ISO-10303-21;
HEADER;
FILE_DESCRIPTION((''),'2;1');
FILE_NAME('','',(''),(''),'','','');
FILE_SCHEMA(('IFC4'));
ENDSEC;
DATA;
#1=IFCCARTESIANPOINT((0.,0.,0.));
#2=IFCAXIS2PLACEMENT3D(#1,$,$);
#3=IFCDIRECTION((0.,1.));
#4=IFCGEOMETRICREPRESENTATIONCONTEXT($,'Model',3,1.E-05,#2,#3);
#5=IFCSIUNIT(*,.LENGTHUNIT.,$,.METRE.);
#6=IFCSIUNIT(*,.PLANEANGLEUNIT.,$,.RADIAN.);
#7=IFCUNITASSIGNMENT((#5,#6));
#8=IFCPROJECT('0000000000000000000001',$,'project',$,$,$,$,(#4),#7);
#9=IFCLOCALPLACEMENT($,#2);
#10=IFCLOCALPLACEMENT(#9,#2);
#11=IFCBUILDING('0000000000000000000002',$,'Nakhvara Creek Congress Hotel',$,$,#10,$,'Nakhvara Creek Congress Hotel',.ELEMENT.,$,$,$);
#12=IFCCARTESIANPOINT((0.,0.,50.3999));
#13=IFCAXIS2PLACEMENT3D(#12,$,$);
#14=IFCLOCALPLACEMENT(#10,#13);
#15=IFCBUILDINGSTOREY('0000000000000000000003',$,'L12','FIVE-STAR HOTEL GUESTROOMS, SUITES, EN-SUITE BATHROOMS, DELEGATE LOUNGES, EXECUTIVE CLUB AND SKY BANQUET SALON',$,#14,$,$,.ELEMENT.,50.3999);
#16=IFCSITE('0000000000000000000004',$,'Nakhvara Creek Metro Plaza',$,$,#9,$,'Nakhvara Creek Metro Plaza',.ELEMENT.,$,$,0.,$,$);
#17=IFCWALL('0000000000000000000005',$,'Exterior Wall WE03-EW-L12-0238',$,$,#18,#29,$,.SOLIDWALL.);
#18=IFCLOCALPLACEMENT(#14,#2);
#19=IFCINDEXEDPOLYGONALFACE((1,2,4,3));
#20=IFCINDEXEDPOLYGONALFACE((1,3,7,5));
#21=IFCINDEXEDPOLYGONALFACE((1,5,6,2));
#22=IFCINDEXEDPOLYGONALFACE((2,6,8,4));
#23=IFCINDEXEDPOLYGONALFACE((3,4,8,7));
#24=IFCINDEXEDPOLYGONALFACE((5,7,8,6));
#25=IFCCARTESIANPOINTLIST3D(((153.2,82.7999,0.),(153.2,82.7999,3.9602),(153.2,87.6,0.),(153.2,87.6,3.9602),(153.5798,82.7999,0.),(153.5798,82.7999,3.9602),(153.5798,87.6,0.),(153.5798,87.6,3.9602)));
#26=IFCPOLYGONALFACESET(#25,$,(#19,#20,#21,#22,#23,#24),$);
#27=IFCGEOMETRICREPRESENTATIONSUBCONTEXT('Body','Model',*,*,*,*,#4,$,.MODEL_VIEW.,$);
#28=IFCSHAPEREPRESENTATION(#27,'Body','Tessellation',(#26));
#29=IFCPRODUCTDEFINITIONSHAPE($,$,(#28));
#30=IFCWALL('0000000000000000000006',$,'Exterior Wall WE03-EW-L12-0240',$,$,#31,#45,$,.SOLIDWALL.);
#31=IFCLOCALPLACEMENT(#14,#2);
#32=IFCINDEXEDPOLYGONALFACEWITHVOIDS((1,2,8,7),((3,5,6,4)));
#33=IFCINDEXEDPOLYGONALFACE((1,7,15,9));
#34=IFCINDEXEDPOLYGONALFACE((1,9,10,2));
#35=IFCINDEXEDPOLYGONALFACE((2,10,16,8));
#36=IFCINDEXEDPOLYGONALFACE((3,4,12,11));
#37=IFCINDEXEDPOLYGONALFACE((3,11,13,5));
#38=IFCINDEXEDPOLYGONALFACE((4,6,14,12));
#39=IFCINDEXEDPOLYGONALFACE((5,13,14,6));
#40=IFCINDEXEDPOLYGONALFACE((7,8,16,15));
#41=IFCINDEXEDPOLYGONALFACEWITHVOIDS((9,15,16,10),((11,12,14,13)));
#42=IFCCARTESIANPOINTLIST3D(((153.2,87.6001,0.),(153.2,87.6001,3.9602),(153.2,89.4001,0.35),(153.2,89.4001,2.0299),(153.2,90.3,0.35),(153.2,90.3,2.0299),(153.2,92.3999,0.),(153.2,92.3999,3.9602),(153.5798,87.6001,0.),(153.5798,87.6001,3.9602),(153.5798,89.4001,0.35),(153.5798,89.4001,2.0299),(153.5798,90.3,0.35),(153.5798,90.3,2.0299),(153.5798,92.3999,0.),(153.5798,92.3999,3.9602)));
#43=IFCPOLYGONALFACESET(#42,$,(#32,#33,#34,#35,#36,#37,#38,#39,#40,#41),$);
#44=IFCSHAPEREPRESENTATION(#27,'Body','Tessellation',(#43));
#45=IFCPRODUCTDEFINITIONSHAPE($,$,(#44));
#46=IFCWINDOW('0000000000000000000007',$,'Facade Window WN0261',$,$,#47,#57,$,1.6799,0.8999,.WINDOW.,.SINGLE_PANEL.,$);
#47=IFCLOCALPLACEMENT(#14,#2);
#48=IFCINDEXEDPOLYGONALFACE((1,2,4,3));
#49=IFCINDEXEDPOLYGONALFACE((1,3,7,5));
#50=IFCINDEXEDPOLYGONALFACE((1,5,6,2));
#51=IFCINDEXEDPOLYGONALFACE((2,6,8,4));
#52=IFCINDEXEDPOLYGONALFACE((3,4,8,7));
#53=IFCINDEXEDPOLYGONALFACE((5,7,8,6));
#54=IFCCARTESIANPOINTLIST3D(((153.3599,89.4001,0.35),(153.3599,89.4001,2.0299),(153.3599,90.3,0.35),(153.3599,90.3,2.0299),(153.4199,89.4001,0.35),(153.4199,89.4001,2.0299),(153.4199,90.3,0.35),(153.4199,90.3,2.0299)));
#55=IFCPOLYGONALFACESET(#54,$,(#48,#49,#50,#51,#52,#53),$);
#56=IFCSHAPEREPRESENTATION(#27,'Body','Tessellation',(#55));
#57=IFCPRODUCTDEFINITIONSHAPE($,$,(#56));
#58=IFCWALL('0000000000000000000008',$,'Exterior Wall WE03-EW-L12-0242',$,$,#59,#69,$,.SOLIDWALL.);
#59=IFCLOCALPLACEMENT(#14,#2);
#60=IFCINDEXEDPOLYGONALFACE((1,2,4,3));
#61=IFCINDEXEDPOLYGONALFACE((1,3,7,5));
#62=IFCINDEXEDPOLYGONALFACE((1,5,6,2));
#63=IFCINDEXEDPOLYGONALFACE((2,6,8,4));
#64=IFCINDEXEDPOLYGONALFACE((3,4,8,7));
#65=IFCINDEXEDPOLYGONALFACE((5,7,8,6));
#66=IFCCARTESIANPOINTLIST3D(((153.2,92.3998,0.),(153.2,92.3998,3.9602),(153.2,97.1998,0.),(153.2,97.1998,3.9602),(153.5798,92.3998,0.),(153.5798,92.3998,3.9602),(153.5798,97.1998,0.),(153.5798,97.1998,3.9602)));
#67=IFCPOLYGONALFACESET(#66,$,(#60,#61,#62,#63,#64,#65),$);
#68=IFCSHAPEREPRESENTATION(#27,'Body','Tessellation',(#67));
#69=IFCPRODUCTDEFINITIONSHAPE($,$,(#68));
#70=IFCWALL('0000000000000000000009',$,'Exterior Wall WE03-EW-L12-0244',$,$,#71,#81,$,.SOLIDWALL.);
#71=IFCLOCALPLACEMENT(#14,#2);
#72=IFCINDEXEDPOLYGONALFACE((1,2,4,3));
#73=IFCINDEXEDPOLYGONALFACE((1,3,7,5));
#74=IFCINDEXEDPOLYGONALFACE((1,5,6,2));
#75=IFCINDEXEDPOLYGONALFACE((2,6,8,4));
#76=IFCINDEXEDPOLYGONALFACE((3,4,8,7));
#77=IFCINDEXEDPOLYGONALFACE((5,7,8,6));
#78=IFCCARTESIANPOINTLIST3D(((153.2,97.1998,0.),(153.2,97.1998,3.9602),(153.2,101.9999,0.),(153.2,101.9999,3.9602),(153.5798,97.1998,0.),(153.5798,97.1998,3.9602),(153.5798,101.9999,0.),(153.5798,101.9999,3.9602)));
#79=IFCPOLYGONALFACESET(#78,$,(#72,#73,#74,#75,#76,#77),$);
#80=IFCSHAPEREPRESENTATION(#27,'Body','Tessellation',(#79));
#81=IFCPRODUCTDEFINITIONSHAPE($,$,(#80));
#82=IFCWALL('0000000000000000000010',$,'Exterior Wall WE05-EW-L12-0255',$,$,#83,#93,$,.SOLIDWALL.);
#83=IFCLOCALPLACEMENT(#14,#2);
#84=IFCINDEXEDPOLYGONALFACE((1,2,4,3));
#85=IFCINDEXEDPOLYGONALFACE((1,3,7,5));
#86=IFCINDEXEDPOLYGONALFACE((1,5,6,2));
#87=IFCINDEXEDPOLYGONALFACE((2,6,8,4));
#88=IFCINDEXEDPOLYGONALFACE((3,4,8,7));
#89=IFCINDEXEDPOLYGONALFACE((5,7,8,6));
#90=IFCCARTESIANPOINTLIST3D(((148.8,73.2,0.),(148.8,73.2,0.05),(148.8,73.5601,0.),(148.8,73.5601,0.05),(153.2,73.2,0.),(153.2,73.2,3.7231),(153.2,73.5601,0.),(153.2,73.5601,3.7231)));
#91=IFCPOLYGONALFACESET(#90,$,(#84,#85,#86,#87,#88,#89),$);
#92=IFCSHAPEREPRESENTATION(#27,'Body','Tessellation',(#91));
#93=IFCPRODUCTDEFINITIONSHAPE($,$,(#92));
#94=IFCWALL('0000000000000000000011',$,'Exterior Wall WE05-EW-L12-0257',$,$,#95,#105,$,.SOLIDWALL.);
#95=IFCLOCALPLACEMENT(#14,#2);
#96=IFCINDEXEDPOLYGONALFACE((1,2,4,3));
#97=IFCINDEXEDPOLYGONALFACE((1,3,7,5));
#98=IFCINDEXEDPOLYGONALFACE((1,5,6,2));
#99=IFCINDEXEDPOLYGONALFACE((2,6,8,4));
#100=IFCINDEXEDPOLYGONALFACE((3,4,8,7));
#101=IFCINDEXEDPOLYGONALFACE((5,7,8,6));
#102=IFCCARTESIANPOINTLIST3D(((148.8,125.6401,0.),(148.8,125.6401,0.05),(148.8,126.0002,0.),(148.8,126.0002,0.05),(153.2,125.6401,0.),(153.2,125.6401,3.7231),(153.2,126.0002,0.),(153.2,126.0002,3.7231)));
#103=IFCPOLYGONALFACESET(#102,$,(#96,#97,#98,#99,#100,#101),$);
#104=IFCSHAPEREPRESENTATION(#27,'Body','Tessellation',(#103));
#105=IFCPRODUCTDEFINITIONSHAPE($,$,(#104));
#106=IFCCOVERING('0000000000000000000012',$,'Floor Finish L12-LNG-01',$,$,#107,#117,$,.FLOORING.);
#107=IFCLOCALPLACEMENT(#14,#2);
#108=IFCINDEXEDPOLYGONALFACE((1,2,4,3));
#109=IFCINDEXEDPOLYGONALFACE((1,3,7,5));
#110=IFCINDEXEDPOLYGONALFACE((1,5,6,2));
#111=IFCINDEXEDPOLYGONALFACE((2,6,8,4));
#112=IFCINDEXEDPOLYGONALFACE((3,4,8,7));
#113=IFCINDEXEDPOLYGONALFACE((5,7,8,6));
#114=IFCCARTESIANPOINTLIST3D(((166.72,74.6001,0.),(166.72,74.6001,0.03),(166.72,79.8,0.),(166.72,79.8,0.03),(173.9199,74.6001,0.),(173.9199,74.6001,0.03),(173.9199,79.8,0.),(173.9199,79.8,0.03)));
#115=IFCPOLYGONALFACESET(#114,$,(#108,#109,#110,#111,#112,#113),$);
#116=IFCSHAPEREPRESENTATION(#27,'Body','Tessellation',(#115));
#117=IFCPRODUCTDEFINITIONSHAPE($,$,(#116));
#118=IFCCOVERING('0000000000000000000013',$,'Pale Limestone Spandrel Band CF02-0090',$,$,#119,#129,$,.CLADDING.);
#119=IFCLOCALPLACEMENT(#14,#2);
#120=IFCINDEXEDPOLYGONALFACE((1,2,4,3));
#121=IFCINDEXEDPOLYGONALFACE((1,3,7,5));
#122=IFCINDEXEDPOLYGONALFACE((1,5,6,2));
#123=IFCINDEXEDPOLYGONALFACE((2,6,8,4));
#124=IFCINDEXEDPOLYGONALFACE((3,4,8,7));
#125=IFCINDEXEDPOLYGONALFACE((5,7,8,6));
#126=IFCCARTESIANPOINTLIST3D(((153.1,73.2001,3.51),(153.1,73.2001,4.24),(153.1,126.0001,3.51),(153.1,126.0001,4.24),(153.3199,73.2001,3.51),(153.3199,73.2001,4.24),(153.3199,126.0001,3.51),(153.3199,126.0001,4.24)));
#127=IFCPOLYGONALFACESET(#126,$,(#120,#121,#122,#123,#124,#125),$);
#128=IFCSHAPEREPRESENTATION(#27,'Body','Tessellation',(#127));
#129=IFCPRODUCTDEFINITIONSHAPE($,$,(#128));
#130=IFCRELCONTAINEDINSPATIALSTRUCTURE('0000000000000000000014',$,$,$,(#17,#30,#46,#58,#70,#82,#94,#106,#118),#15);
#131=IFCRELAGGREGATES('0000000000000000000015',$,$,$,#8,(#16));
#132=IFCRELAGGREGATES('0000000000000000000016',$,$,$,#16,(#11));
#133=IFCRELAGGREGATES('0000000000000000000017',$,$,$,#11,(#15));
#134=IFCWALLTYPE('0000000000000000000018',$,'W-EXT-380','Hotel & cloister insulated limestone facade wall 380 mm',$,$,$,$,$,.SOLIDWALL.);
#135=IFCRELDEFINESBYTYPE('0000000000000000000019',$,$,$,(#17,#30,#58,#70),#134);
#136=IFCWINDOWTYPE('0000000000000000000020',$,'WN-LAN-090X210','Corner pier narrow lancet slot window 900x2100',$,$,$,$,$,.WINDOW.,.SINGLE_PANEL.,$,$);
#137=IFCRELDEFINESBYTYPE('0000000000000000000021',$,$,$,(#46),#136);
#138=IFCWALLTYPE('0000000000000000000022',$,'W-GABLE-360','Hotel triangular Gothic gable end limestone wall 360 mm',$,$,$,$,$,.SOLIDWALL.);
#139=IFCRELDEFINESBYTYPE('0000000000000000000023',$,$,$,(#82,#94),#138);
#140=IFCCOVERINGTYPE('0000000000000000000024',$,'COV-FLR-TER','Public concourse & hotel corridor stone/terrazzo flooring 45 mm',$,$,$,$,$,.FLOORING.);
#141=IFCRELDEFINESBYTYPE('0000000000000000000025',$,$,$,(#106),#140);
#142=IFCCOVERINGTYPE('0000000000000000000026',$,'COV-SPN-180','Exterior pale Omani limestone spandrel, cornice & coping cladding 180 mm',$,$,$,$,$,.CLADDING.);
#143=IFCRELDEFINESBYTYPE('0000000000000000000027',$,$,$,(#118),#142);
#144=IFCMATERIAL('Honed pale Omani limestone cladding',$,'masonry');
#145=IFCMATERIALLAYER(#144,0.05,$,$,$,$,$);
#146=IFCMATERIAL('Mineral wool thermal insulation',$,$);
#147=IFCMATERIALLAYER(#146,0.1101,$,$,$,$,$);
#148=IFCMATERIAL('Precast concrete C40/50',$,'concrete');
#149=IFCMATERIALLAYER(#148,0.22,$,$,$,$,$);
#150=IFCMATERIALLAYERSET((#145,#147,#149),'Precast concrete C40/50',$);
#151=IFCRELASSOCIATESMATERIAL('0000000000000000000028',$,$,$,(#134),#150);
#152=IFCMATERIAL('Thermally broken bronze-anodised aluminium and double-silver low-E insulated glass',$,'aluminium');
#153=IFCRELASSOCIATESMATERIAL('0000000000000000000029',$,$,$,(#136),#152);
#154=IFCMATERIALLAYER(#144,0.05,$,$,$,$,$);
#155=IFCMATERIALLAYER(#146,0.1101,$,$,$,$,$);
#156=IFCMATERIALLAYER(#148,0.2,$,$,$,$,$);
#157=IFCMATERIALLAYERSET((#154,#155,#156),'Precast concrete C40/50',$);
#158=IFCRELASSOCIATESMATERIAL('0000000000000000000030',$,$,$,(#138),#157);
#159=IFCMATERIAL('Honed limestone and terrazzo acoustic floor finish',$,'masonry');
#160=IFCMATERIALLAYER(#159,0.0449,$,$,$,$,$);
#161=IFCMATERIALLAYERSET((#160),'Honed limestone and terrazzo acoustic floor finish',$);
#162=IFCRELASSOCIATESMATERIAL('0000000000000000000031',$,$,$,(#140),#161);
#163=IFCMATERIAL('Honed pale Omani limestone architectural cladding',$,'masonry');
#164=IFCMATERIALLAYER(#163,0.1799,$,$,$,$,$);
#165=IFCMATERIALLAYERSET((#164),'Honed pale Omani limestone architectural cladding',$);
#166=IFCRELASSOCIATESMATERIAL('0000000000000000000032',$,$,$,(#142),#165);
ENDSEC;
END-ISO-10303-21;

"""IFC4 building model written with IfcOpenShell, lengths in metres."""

from ifc_helpers import new_model, si_unit, direction, frame, frame_2d, origin, origin_2d, place, context, subcontext, project, spatial, polyline, rectangle, outline, extrude, material, layer, layer_set, type_object, element, fill, save


model = new_model("IFC4")

# Units and contexts
model_context = context("Model", 3, precision=1e-05, world=origin(), true_north=direction((0.0, 1.0)))
body_context = subcontext(model_context, "Body", "Model", "MODEL_VIEW")
ifc_project = project(units=[si_unit("LENGTHUNIT", "METRE"), si_unit("PLANEANGLEUNIT", "RADIAN")], contexts=[model_context])

# Site, building, storey
site_placement = place(None, origin())
site = spatial("IfcSite", under=ifc_project, at=site_placement, Name="Nakhvara Creek Metro Plaza", LongName="Nakhvara Creek Metro Plaza", CompositionType="ELEMENT", RefElevation=0.0)
building_placement = place(site_placement, origin())
building = spatial("IfcBuilding", under=site, at=building_placement, Name="Nakhvara Creek Congress Hotel", LongName="Nakhvara Creek Congress Hotel", CompositionType="ELEMENT")
storey_placement = place(building_placement, frame((0.0, 0.0, 50.3999)))
storey = spatial("IfcBuildingStorey", under=building, at=storey_placement, Name="L12", Description="FIVE-STAR HOTEL GUESTROOMS, SUITES, EN-SUITE BATHROOMS, DELEGATE LOUNGES, EXECUTIVE CLUB AND SKY BANQUET SALON", CompositionType="ELEMENT", Elevation=50.3999)

# Shared definitions
ifc_material_1 = material(Name="Honed pale Omani limestone cladding", Category="masonry")
ifc_layer_1 = layer(ifc_material_1, 0.05)
ifc_material_2 = material(Name="Mineral wool thermal insulation")
ifc_layer_2 = layer(ifc_material_2, 0.1101)
ifc_material_3 = material(Name="Precast concrete C40/50", Category="concrete")
ifc_layer_3 = layer(ifc_material_3, 0.22)
ifc_layer_set_1 = layer_set([ifc_layer_1, ifc_layer_2, ifc_layer_3], Name="Precast concrete C40/50")
wall_type_1 = type_object("IfcWallType", Name="W-EXT-380", Description="Hotel & cloister insulated limestone facade wall 380 mm", PredefinedType="SOLIDWALL", material=ifc_layer_set_1)
ifc_material_4 = material(Name="Thermally broken bronze-anodised aluminium and double-silver low-E insulated glass", Category="aluminium")

# Shared definitions
window_type_1 = type_object("IfcWindowType", Name="WN-LAN-090X210", Description="Corner pier narrow lancet slot window 900x2100", PartitioningType="SINGLE_PANEL", PredefinedType="WINDOW", material=ifc_material_4)

# Wall
wall_1_placement = place(storey_placement, frame((153.3899, 82.8, 0.0), z_axis=(0.0, 0.0, 1.0), x_axis=(0.0, 1.0, 0.0)))
element("IfcWall", 1, at=wall_1_placement, inside=storey, type_object=wall_type_1, Name="Exterior Wall WE03-EW-L12-0238", PredefinedType="SOLIDWALL", context=body_context, shape_type="SweptSolid", body=[
    extrude(rectangle(XDim=4.8, YDim=0.3799, at=frame_2d((2.3999, 0.0))), origin(), (0.0, 0.0, 1.0), 3.9602),
])

# Wall, opening, window
wall_2_placement = place(storey_placement, frame((153.3899, 87.6001, 0.0), z_axis=(0.0, 0.0, 1.0), x_axis=(0.0, 1.0, 0.0)))
wall_2 = element("IfcWall", 2, at=wall_2_placement, inside=storey, type_object=wall_type_1, Name="Exterior Wall WE03-EW-L12-0240", PredefinedType="SOLIDWALL", context=body_context, shape_type="SweptSolid", body=[
    extrude(rectangle(XDim=4.7998, YDim=0.3799, at=frame_2d((2.3999, 0.0))), origin(), (0.0, 0.0, 1.0), 3.9602),
])
opening_1_placement = place(wall_2_placement, frame((1.8, 0.0, 0.3501)))
opening_1 = element("IfcOpeningElement", 3, at=opening_1_placement, cuts=wall_2, PredefinedType="OPENING", context=body_context, shape_type="SweptSolid", body=[
    extrude(rectangle(XDim=0.8999, YDim=1.6799, at=frame_2d((0.45, 0.8398))), frame((0.0, 0.2019, 0.0), z_axis=(0.0, -1.0, 0.0), x_axis=(1.0, 0.0, 0.0)), (0.0, 0.0, 1.0), 0.4038),
])
window_1_placement = place(opening_1_placement, origin())
window_1 = element("IfcWindow", 4, at=window_1_placement, inside=storey, type_object=window_type_1, Name="Facade Window WN0261", OverallHeight=1.6799, OverallWidth=0.8999, PartitioningType="SINGLE_PANEL", PredefinedType="WINDOW", context=body_context, shape_type="SweptSolid", body=[
    extrude(rectangle(XDim=0.8999, YDim=1.6799, at=frame_2d((0.45, 0.8398))), frame((0.0, 0.03, 0.0), z_axis=(0.0, -1.0, 0.0), x_axis=(1.0, 0.0, 0.0)), (0.0, 0.0, 1.0), 0.0601),
])
fill(opening_1, window_1)

# Walls
for number, where, z_axis, x_axis, name in (
    (5, (153.3899, 92.3999, 0.0), (0.0, 0.0, 1.0), (0.0, 1.0, 0.0), "Exterior Wall WE03-EW-L12-0242"),
    (6, (153.3899, 97.2, 0.0), (0.0, 0.0, 1.0), (0.0, 1.0, 0.0), "Exterior Wall WE03-EW-L12-0244"),
):
    element("IfcWall", number, at=place(storey_placement, frame(where, z_axis=z_axis, x_axis=x_axis)), inside=storey, type_object=wall_type_1, Name=name, PredefinedType="SOLIDWALL", context=body_context, shape_type="SweptSolid", body=[
        extrude(rectangle(XDim=4.8, YDim=0.3799, at=frame_2d((2.3999, 0.0))), origin(), (0.0, 0.0, 1.0), 3.9602),
    ])
ifc_layer_4 = layer(ifc_material_1, 0.05)
ifc_layer_5 = layer(ifc_material_2, 0.1101)
ifc_layer_6 = layer(ifc_material_3, 0.2)
ifc_layer_set_2 = layer_set([ifc_layer_4, ifc_layer_5, ifc_layer_6], Name="Precast concrete C40/50")
wall_type_2 = type_object("IfcWallType", Name="W-GABLE-360", Description="Hotel triangular Gothic gable end limestone wall 360 mm", PredefinedType="SOLIDWALL", material=ifc_layer_set_2)
for number, where, z_axis, x_axis, name in (
    (7, (148.8, 73.3799, 0.0), (0.0, 0.0, 1.0), (1.0, 0.0, 0.0), "Exterior Wall WE05-EW-L12-0255"),
    (8, (148.8, 125.8201, 0.0), (0.0, 0.0, 1.0), (1.0, 0.0, 0.0), "Exterior Wall WE05-EW-L12-0257"),
):
    element("IfcWall", number, at=place(storey_placement, frame(where, z_axis=z_axis, x_axis=x_axis)), inside=storey, type_object=wall_type_2, Name=name, PredefinedType="SOLIDWALL", context=body_context, shape_type="SweptSolid", body=[
        extrude(outline(polyline([(0.0, 0.0), (4.3999, 0.0), (4.3999, 3.7231), (0.0, 0.05), (0.0, 0.0)])), frame((0.0, 0.1802, 0.0), z_axis=(0.0, -1.0, 0.0), x_axis=(1.0, 0.0, 0.0)), (0.0, 0.0, 1.0), 0.3601),
    ])

# Coverings
ifc_material_5 = material(Name="Honed limestone and terrazzo acoustic floor finish", Category="masonry")
ifc_layer_7 = layer(ifc_material_5, 0.0449)
ifc_layer_set_3 = layer_set([ifc_layer_7], Name="Honed limestone and terrazzo acoustic floor finish")
covering_type_1 = type_object("IfcCoveringType", Name="COV-FLR-TER", Description="Public concourse & hotel corridor stone/terrazzo flooring 45 mm", PredefinedType="FLOORING", material=ifc_layer_set_3)
covering_1_placement = place(storey_placement, origin())
element("IfcCovering", 9, at=covering_1_placement, inside=storey, type_object=covering_type_1, Name="Floor Finish L12-LNG-01", PredefinedType="FLOORING", context=body_context, shape_type="SweptSolid", body=[
    extrude(outline(polyline([(166.72, 74.6001), (173.9199, 74.6001), (173.9199, 79.8), (166.72, 79.8), (166.72, 74.6001)])), origin(), (0.0, 0.0, 1.0), 0.03),
])
ifc_material_6 = material(Name="Honed pale Omani limestone architectural cladding", Category="masonry")
ifc_layer_8 = layer(ifc_material_6, 0.1799)
ifc_layer_set_4 = layer_set([ifc_layer_8], Name="Honed pale Omani limestone architectural cladding")
covering_type_2 = type_object("IfcCoveringType", Name="COV-SPN-180", Description="Exterior pale Omani limestone spandrel, cornice & coping cladding 180 mm", PredefinedType="CLADDING", material=ifc_layer_set_4)
covering_2_placement = place(storey_placement, frame((153.21, 99.6001, 3.51), z_axis=(0.0, 0.0, 1.0), x_axis=(0.0, 1.0, 0.0)))
element("IfcCovering", 10, at=covering_2_placement, inside=storey, type_object=covering_type_2, Name="Pale Limestone Spandrel Band CF02-0090", PredefinedType="CLADDING", context=body_context, shape_type="SweptSolid", body=[
    extrude(rectangle(XDim=52.8, YDim=0.22, at=origin_2d()), origin(), (0.0, 0.0, 1.0), 0.73),
])

save(model, "model.ifc")
